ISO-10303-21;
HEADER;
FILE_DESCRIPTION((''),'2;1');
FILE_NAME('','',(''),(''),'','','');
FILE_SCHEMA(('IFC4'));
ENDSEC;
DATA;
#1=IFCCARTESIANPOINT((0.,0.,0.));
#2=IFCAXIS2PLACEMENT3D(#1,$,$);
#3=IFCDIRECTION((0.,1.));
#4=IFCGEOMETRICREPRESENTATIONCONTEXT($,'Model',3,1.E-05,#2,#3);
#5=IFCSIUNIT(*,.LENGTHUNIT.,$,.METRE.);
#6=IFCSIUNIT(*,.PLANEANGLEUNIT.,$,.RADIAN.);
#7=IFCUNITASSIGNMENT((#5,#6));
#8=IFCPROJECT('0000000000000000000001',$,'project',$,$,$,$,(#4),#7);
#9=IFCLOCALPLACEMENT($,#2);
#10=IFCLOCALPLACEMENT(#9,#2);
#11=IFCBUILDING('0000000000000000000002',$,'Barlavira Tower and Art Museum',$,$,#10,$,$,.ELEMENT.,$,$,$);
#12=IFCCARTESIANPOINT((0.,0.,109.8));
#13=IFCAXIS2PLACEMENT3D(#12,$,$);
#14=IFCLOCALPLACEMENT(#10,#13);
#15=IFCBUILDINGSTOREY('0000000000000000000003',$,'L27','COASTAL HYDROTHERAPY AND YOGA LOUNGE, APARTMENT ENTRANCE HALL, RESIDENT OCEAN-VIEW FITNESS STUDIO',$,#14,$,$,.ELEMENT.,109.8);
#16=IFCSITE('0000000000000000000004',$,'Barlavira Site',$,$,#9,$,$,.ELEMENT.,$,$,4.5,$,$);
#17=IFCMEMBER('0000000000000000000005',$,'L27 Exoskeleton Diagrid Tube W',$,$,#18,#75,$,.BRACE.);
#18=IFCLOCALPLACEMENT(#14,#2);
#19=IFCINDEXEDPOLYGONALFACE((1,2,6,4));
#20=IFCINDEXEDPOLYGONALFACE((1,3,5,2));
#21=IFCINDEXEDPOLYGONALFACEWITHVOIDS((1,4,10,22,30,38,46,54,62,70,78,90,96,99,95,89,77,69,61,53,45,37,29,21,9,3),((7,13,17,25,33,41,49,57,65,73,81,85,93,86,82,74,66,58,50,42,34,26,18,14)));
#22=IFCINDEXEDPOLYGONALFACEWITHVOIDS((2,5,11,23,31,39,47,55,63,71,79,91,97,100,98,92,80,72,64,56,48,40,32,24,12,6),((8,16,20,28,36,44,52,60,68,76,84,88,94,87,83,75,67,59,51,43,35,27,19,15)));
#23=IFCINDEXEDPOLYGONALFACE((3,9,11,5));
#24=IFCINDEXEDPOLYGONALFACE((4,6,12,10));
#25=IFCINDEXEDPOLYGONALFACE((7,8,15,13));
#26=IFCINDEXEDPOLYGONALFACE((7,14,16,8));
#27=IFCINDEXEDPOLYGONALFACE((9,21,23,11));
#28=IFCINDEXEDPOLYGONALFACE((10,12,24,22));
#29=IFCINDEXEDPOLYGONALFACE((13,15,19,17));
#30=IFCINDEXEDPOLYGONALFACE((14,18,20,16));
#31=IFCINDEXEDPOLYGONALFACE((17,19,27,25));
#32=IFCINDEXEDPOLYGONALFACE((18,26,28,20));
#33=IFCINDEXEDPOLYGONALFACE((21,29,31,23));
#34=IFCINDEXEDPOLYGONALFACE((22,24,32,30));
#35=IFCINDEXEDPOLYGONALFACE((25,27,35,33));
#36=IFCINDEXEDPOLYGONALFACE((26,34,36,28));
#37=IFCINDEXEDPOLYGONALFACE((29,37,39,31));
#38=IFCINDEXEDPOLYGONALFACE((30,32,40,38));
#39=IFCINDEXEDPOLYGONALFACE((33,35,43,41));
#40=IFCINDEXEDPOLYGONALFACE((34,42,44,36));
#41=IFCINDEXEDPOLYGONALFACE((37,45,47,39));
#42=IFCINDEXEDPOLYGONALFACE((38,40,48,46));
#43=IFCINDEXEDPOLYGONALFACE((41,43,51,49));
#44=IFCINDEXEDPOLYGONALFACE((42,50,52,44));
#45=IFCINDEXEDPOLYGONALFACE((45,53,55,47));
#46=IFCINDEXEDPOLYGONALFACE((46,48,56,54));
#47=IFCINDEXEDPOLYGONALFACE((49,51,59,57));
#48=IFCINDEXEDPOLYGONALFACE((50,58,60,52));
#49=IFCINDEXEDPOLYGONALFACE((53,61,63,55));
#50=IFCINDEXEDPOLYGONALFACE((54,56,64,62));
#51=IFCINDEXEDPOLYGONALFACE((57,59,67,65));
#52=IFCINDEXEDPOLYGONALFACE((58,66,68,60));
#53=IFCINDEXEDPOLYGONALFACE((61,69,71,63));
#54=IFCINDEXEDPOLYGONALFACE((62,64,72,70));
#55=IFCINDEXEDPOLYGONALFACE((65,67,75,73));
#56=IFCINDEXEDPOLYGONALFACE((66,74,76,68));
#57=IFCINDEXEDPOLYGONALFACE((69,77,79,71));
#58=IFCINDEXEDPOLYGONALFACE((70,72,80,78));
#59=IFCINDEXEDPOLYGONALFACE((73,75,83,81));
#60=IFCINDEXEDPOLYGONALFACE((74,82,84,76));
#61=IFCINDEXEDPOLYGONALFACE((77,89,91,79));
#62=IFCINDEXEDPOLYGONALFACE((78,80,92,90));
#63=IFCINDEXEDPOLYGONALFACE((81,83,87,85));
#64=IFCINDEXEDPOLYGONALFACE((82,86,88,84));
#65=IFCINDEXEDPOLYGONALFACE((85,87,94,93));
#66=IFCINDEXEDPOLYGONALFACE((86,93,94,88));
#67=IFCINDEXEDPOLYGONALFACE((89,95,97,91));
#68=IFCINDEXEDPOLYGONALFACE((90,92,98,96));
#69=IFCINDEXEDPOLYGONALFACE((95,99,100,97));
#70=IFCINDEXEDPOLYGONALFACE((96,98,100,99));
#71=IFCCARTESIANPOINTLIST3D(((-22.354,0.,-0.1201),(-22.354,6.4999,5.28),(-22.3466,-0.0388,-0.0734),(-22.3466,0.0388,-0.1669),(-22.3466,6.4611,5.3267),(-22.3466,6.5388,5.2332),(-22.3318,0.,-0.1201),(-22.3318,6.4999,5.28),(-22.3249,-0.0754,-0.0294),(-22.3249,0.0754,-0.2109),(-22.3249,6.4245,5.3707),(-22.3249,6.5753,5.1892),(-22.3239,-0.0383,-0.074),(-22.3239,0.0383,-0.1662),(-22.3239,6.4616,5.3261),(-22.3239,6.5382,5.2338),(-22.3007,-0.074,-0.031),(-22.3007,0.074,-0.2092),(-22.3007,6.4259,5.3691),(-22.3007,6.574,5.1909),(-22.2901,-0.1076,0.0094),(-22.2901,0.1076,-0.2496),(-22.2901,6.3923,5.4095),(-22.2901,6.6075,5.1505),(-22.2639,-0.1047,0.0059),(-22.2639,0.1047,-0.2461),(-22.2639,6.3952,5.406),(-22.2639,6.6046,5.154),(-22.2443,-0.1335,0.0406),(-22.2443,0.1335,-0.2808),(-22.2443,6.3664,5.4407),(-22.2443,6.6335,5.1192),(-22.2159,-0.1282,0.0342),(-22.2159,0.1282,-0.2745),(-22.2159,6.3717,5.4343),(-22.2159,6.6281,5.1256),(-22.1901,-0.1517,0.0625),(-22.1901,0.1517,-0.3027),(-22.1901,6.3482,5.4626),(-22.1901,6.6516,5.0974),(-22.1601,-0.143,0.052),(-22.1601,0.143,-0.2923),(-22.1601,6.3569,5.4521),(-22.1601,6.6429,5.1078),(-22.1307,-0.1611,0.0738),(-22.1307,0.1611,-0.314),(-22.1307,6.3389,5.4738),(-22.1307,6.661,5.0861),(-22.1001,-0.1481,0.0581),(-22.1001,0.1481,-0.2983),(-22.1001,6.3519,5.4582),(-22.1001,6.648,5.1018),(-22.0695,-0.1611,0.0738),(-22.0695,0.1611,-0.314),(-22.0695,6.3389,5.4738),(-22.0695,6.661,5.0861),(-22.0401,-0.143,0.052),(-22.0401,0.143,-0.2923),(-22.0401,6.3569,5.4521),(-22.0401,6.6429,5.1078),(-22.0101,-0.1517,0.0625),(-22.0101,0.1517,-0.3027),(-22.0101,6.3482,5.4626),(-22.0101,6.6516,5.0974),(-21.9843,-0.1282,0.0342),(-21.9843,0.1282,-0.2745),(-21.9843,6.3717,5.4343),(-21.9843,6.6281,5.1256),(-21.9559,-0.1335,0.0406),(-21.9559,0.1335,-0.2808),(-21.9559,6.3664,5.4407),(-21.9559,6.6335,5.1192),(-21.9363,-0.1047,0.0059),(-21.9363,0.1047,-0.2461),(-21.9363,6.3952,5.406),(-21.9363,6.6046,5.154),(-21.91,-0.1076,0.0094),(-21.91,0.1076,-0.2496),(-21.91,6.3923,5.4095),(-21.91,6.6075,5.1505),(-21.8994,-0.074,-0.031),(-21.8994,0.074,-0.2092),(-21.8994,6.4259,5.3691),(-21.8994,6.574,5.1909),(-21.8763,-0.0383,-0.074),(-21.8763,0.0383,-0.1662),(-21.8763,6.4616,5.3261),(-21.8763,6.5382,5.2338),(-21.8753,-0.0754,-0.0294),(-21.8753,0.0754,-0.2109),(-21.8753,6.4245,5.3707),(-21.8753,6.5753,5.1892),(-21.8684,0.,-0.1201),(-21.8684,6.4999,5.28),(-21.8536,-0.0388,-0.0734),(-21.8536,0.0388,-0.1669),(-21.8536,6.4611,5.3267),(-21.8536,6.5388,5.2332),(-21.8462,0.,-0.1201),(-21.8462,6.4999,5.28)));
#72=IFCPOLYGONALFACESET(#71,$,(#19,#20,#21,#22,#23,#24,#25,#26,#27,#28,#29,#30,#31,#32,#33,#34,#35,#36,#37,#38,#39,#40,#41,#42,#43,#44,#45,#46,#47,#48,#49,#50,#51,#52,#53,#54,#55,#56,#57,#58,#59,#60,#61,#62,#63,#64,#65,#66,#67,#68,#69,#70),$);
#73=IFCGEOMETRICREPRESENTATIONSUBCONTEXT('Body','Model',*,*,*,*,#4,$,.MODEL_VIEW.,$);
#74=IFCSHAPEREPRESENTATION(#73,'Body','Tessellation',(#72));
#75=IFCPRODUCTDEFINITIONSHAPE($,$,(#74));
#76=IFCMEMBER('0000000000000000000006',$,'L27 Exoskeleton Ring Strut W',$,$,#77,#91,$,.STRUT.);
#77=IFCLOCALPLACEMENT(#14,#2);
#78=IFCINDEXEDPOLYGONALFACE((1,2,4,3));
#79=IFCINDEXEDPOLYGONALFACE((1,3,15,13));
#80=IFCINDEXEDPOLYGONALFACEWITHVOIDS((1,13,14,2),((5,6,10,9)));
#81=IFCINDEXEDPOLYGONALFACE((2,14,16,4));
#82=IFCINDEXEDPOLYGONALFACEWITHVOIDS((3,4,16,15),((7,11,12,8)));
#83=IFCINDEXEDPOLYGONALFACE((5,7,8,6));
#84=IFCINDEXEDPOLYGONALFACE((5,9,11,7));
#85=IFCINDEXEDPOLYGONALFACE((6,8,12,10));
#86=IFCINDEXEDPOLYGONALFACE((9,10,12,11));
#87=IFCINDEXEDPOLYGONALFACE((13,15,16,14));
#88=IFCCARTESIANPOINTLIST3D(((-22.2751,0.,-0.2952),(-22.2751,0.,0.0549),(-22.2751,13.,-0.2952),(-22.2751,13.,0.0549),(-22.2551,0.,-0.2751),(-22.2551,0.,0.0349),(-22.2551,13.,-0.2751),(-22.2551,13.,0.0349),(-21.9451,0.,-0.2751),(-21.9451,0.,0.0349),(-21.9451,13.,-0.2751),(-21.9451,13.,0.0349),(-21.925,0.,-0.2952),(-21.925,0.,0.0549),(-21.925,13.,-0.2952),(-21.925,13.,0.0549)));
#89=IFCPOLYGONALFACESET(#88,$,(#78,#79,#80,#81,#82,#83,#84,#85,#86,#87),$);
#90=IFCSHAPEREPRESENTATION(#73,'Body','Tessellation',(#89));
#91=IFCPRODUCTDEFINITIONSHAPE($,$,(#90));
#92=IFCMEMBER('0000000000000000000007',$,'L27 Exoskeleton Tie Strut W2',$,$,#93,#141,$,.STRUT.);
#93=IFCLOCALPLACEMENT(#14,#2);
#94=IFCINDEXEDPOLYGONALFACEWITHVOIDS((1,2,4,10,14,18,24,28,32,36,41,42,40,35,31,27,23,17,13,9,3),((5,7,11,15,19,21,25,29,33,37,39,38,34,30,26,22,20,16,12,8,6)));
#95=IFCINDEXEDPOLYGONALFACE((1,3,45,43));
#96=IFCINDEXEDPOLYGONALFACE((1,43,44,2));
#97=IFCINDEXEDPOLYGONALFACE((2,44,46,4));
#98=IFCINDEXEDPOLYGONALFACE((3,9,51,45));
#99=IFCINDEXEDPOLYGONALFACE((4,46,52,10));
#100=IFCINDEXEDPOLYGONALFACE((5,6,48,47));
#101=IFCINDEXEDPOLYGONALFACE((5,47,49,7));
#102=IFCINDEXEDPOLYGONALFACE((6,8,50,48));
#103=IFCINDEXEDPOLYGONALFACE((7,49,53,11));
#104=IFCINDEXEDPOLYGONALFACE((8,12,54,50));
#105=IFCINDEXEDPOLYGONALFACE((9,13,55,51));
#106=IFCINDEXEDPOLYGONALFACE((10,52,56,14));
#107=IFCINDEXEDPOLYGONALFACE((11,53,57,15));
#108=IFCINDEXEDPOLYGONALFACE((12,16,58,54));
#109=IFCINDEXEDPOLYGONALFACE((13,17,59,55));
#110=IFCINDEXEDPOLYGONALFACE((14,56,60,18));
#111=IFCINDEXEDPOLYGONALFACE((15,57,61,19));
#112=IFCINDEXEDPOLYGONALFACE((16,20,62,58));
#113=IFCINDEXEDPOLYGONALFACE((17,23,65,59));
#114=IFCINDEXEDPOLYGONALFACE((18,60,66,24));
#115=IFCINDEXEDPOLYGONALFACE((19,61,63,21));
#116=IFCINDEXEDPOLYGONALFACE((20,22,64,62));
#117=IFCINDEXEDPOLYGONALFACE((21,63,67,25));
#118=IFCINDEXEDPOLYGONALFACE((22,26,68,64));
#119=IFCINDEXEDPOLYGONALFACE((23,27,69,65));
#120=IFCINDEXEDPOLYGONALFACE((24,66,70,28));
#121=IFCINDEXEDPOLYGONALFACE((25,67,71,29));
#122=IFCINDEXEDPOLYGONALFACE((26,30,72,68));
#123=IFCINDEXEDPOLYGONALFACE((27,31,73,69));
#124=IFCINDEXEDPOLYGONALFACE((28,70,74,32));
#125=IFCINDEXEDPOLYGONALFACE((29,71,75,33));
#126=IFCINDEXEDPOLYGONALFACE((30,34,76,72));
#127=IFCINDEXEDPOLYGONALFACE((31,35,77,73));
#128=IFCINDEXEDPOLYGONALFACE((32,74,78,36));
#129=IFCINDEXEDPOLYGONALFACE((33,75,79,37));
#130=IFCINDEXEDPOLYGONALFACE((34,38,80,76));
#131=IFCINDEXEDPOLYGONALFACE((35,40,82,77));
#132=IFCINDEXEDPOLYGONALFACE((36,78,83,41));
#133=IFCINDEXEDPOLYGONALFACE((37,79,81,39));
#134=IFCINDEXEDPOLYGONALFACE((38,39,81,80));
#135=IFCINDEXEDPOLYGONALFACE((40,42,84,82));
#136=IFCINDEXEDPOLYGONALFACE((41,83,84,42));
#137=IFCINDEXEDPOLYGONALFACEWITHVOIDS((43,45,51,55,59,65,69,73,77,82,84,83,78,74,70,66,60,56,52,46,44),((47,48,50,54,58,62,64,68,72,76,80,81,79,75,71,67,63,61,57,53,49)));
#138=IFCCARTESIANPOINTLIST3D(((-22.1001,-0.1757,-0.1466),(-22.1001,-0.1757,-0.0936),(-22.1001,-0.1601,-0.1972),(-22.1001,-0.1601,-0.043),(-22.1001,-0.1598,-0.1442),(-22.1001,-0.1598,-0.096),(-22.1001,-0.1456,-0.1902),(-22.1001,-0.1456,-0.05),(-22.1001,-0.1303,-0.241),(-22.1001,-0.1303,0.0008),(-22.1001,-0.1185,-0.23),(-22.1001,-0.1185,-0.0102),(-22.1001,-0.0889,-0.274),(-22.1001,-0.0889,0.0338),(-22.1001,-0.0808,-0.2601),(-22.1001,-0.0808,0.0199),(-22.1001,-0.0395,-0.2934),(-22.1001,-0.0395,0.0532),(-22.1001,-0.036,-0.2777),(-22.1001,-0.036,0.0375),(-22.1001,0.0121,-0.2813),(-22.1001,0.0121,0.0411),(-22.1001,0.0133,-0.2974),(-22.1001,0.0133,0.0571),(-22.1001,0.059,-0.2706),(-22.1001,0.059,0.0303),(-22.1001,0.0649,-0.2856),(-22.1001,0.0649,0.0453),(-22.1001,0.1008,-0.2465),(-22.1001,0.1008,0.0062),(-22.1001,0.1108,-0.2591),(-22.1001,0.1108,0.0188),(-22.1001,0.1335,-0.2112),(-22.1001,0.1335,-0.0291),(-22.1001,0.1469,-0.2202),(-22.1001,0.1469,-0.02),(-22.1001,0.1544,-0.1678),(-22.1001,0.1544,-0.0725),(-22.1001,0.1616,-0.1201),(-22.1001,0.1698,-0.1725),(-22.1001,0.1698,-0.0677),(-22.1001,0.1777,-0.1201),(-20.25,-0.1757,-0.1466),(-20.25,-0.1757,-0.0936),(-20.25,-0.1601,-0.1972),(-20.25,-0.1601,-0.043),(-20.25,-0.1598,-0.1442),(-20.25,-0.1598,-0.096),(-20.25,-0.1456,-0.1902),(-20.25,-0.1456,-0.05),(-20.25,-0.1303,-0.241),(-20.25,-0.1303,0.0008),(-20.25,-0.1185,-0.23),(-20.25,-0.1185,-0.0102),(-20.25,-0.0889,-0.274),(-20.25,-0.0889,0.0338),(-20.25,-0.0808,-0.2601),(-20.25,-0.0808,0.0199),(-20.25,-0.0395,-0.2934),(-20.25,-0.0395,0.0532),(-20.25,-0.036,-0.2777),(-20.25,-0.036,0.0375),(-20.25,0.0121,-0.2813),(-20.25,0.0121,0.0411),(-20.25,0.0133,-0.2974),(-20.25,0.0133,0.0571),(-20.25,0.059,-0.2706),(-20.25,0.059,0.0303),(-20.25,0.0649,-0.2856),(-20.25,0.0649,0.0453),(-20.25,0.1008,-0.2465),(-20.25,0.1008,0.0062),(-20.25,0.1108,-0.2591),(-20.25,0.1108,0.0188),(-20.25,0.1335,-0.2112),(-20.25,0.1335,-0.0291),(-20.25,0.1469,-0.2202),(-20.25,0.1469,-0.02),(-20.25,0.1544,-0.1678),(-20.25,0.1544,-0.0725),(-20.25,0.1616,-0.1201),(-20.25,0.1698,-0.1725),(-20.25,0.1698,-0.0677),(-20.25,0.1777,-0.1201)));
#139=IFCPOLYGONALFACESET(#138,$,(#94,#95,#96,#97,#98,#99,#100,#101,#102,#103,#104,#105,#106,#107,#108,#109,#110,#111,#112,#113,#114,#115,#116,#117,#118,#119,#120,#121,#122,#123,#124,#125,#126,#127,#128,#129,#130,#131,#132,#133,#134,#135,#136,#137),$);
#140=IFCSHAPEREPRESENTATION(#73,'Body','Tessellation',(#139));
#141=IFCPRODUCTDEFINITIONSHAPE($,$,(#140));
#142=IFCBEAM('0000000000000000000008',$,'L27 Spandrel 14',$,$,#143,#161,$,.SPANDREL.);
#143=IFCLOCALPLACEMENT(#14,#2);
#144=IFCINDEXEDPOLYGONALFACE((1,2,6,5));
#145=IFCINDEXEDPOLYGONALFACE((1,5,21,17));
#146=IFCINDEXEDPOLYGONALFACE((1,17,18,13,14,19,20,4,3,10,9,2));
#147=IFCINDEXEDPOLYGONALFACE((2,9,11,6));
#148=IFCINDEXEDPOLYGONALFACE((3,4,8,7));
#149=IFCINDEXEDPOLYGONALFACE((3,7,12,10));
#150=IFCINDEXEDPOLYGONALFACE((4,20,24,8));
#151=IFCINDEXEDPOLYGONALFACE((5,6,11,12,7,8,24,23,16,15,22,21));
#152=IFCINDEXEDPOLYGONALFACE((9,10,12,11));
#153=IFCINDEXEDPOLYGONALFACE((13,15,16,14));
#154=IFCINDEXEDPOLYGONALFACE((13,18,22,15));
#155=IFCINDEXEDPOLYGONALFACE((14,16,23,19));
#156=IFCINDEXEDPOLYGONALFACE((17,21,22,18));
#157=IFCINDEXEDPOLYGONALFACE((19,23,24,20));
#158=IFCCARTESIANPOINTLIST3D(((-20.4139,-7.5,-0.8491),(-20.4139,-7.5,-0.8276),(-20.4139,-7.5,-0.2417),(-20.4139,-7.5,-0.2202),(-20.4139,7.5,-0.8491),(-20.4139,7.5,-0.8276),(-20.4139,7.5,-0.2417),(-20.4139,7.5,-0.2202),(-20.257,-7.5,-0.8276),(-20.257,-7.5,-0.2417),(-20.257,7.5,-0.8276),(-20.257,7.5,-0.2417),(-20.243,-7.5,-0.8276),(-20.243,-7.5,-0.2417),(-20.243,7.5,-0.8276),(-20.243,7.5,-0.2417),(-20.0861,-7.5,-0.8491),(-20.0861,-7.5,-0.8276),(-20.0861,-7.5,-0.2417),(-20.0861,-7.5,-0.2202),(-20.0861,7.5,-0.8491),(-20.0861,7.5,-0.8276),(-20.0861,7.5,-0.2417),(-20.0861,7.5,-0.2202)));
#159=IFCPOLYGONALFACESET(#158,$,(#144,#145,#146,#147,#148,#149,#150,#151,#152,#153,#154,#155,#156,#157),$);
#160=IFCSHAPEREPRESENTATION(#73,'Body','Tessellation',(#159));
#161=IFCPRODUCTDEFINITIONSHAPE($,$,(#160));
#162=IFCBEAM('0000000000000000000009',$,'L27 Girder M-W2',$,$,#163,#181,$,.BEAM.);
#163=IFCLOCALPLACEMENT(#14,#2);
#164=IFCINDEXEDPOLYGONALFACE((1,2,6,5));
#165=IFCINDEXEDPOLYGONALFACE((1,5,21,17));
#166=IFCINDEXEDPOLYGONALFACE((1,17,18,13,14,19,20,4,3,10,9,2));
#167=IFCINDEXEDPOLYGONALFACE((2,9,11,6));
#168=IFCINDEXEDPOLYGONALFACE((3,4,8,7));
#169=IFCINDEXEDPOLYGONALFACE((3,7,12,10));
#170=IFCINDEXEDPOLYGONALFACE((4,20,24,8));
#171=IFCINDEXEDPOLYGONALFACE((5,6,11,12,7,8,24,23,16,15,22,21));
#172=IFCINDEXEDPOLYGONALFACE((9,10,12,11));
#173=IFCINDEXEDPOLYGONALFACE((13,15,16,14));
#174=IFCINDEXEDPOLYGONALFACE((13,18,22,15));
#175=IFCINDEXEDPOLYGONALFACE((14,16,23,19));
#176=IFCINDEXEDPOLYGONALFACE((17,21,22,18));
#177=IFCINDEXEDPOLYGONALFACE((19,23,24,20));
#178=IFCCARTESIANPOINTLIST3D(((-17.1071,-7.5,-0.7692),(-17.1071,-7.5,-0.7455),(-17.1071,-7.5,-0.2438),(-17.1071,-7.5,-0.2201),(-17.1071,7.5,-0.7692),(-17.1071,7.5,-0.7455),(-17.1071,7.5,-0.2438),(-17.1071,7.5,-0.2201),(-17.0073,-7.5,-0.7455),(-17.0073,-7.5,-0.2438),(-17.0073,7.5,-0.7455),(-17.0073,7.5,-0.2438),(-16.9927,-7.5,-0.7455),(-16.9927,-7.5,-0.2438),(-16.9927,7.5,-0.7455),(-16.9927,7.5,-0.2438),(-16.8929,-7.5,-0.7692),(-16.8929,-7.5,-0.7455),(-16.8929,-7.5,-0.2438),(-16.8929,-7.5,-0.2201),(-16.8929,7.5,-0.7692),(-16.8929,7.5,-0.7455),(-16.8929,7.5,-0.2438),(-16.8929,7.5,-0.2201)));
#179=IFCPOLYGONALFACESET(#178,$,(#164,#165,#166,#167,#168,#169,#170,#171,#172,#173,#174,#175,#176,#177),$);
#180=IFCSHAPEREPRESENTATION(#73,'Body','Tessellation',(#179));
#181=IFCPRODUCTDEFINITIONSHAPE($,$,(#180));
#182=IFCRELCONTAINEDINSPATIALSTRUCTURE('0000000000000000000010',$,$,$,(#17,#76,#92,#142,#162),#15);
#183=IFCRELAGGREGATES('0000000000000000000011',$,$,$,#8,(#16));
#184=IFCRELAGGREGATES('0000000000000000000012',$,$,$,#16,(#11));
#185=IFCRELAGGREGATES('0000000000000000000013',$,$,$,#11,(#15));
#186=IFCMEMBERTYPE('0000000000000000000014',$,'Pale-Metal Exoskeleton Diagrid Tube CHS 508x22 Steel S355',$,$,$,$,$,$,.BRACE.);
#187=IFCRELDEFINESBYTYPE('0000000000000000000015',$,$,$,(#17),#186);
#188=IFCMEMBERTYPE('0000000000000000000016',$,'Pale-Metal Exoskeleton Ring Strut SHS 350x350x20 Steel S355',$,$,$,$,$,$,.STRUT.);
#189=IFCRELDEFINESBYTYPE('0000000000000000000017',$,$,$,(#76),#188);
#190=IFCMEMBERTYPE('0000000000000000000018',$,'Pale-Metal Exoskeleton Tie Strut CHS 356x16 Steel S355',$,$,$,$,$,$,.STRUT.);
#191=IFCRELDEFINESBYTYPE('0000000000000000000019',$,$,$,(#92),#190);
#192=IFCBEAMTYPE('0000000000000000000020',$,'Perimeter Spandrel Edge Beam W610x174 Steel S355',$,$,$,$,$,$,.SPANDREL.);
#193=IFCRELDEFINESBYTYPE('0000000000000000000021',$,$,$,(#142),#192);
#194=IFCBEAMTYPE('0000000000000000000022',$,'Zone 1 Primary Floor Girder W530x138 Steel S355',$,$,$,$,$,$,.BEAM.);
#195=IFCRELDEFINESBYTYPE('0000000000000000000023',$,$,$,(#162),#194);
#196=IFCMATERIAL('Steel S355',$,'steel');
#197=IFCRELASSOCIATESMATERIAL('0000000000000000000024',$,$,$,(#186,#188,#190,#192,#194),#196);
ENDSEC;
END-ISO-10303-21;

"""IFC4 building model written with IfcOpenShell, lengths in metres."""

from ifc_helpers import new_model, si_unit, direction, frame, origin, origin_2d, place, context, subcontext, project, spatial, hollow_rectangle, hollow_circle, i_section, extrude, material, material_profile, profile_set, type_object, element, save


model = new_model("IFC4")

# Units and contexts
model_context = context("Model", 3, precision=1e-05, world=origin(), true_north=direction((0.0, 1.0)))
body_context = subcontext(model_context, "Body", "Model", "MODEL_VIEW")
ifc_project = project(units=[si_unit("LENGTHUNIT", "METRE"), si_unit("PLANEANGLEUNIT", "RADIAN")], contexts=[model_context])

# Site, building, storey
site_placement = place(None, origin())
site = spatial("IfcSite", under=ifc_project, at=site_placement, Name="Barlavira Site", CompositionType="ELEMENT", RefElevation=4.5)
building_placement = place(site_placement, origin())
building = spatial("IfcBuilding", under=site, at=building_placement, Name="Barlavira Tower and Art Museum", CompositionType="ELEMENT")
storey_placement = place(building_placement, frame((0.0, 0.0, 109.8)))
storey = spatial("IfcBuildingStorey", under=building, at=storey_placement, Name="L27", Description="COASTAL HYDROTHERAPY AND YOGA LOUNGE, APARTMENT ENTRANCE HALL, RESIDENT OCEAN-VIEW FITNESS STUDIO", CompositionType="ELEMENT", Elevation=109.8)

# Members
ifc_material_1 = material(Name="Steel S355", Category="steel")
ifc_material_profile_1 = material_profile(ifc_material_1, hollow_circle(Radius=0.2539, WallThickness=0.0222, at=origin_2d()), Name="CHS 508.0x22.2")
ifc_profile_set_1 = profile_set([ifc_material_profile_1], Name="Steel S355")
member_type_1 = type_object("IfcMemberType", Name="Pale-Metal Exoskeleton Diagrid Tube CHS 508x22 Steel S355", PredefinedType="BRACE", material=ifc_profile_set_1)
for number, where, z_axis, x_axis, name in (
    (1, (-22.1001, 0.0, -0.1201), (0.0, 0.769182, 0.63903), (-1.0, 0.0, 0.0), "L27 Exoskeleton Diagrid Tube W"),
):
    element("IfcMember", number, at=place(storey_placement, frame(where, z_axis=z_axis, x_axis=x_axis)), inside=storey, type_object=member_type_1, Name=name, PredefinedType="BRACE", context=body_context, shape_type="SweptSolid", body=[
        extrude(hollow_circle(Radius=0.2539, WallThickness=0.0222, at=origin_2d()), origin(), (0.0, 0.0, 1.0), 8.4504),
    ])
ifc_material_profile_2 = material_profile(ifc_material_1, hollow_rectangle(XDim=0.3501, YDim=0.3501, WallThickness=0.02, at=origin_2d()), Name="SHS 350x350x20.0")
ifc_profile_set_2 = profile_set([ifc_material_profile_2], Name="Steel S355")
member_type_2 = type_object("IfcMemberType", Name="Pale-Metal Exoskeleton Ring Strut SHS 350x350x20 Steel S355", PredefinedType="STRUT", material=ifc_profile_set_2)
member_1_placement = place(storey_placement, frame((-22.1001, 0.0, -0.1201), z_axis=(0.0, 1.0, 0.0), x_axis=(-1.0, 0.0, 0.0)))
element("IfcMember", 2, at=member_1_placement, inside=storey, type_object=member_type_2, Name="L27 Exoskeleton Ring Strut W", PredefinedType="STRUT", context=body_context, shape_type="SweptSolid", body=[
    extrude(hollow_rectangle(XDim=0.3501, YDim=0.3501, WallThickness=0.02, at=origin_2d()), origin(), (0.0, 0.0, 1.0), 13.0),
])
ifc_material_profile_3 = material_profile(ifc_material_1, hollow_circle(Radius=0.1777, WallThickness=0.0161, at=origin_2d()), Name="CHS 355.6x16.0")
ifc_profile_set_3 = profile_set([ifc_material_profile_3], Name="Steel S355")
member_type_3 = type_object("IfcMemberType", Name="Pale-Metal Exoskeleton Tie Strut CHS 356x16 Steel S355", PredefinedType="STRUT", material=ifc_profile_set_3)
member_2_placement = place(storey_placement, frame((-22.1001, 0.0, -0.1201), z_axis=(1.0, 0.0, 0.0), x_axis=(0.0, 1.0, 0.0)))
element("IfcMember", 3, at=member_2_placement, inside=storey, type_object=member_type_3, Name="L27 Exoskeleton Tie Strut W2", PredefinedType="STRUT", context=body_context, shape_type="SweptSolid", body=[
    extrude(hollow_circle(Radius=0.1777, WallThickness=0.0161, at=origin_2d()), origin(), (0.0, 0.0, 1.0), 1.8501),
])

# Beams
ifc_material_profile_4 = material_profile(ifc_material_1, i_section(OverallWidth=0.3279, OverallDepth=0.6289, WebThickness=0.0139, FlangeThickness=0.0215, at=origin_2d()), Name="W610x174.0")
ifc_profile_set_4 = profile_set([ifc_material_profile_4], Name="Steel S355")
beam_type_1 = type_object("IfcBeamType", Name="Perimeter Spandrel Edge Beam W610x174 Steel S355", PredefinedType="SPANDREL", material=ifc_profile_set_4)
beam_1_placement = place(storey_placement, frame((-20.25, -7.5, -0.5347), z_axis=(0.0, 1.0, 0.0), x_axis=(-1.0, 0.0, 0.0)))
element("IfcBeam", 4, at=beam_1_placement, inside=storey, type_object=beam_type_1, Name="L27 Spandrel 14", PredefinedType="SPANDREL", context=body_context, shape_type="SweptSolid", body=[
    extrude(i_section(OverallWidth=0.3279, OverallDepth=0.6289, WebThickness=0.0139, FlangeThickness=0.0215, at=origin_2d()), origin(), (0.0, 0.0, 1.0), 15.0),
])
ifc_material_profile_5 = material_profile(ifc_material_1, i_section(OverallWidth=0.2141, OverallDepth=0.5491, WebThickness=0.0146, FlangeThickness=0.0237, at=origin_2d()), Name="W530x138.0")
ifc_profile_set_5 = profile_set([ifc_material_profile_5], Name="Steel S355")
beam_type_2 = type_object("IfcBeamType", Name="Zone 1 Primary Floor Girder W530x138 Steel S355", PredefinedType="BEAM", material=ifc_profile_set_5)
beam_2_placement = place(storey_placement, frame((-17.0, -7.5, -0.4946), z_axis=(0.0, 1.0, 0.0), x_axis=(-1.0, 0.0, 0.0)))
element("IfcBeam", 5, at=beam_2_placement, inside=storey, type_object=beam_type_2, Name="L27 Girder M-W2", PredefinedType="BEAM", context=body_context, shape_type="SweptSolid", body=[
    extrude(i_section(OverallWidth=0.2141, OverallDepth=0.5491, WebThickness=0.0146, FlangeThickness=0.0237, at=origin_2d()), origin(), (0.0, 0.0, 1.0), 15.0),
])

save(model, "model.ifc")
